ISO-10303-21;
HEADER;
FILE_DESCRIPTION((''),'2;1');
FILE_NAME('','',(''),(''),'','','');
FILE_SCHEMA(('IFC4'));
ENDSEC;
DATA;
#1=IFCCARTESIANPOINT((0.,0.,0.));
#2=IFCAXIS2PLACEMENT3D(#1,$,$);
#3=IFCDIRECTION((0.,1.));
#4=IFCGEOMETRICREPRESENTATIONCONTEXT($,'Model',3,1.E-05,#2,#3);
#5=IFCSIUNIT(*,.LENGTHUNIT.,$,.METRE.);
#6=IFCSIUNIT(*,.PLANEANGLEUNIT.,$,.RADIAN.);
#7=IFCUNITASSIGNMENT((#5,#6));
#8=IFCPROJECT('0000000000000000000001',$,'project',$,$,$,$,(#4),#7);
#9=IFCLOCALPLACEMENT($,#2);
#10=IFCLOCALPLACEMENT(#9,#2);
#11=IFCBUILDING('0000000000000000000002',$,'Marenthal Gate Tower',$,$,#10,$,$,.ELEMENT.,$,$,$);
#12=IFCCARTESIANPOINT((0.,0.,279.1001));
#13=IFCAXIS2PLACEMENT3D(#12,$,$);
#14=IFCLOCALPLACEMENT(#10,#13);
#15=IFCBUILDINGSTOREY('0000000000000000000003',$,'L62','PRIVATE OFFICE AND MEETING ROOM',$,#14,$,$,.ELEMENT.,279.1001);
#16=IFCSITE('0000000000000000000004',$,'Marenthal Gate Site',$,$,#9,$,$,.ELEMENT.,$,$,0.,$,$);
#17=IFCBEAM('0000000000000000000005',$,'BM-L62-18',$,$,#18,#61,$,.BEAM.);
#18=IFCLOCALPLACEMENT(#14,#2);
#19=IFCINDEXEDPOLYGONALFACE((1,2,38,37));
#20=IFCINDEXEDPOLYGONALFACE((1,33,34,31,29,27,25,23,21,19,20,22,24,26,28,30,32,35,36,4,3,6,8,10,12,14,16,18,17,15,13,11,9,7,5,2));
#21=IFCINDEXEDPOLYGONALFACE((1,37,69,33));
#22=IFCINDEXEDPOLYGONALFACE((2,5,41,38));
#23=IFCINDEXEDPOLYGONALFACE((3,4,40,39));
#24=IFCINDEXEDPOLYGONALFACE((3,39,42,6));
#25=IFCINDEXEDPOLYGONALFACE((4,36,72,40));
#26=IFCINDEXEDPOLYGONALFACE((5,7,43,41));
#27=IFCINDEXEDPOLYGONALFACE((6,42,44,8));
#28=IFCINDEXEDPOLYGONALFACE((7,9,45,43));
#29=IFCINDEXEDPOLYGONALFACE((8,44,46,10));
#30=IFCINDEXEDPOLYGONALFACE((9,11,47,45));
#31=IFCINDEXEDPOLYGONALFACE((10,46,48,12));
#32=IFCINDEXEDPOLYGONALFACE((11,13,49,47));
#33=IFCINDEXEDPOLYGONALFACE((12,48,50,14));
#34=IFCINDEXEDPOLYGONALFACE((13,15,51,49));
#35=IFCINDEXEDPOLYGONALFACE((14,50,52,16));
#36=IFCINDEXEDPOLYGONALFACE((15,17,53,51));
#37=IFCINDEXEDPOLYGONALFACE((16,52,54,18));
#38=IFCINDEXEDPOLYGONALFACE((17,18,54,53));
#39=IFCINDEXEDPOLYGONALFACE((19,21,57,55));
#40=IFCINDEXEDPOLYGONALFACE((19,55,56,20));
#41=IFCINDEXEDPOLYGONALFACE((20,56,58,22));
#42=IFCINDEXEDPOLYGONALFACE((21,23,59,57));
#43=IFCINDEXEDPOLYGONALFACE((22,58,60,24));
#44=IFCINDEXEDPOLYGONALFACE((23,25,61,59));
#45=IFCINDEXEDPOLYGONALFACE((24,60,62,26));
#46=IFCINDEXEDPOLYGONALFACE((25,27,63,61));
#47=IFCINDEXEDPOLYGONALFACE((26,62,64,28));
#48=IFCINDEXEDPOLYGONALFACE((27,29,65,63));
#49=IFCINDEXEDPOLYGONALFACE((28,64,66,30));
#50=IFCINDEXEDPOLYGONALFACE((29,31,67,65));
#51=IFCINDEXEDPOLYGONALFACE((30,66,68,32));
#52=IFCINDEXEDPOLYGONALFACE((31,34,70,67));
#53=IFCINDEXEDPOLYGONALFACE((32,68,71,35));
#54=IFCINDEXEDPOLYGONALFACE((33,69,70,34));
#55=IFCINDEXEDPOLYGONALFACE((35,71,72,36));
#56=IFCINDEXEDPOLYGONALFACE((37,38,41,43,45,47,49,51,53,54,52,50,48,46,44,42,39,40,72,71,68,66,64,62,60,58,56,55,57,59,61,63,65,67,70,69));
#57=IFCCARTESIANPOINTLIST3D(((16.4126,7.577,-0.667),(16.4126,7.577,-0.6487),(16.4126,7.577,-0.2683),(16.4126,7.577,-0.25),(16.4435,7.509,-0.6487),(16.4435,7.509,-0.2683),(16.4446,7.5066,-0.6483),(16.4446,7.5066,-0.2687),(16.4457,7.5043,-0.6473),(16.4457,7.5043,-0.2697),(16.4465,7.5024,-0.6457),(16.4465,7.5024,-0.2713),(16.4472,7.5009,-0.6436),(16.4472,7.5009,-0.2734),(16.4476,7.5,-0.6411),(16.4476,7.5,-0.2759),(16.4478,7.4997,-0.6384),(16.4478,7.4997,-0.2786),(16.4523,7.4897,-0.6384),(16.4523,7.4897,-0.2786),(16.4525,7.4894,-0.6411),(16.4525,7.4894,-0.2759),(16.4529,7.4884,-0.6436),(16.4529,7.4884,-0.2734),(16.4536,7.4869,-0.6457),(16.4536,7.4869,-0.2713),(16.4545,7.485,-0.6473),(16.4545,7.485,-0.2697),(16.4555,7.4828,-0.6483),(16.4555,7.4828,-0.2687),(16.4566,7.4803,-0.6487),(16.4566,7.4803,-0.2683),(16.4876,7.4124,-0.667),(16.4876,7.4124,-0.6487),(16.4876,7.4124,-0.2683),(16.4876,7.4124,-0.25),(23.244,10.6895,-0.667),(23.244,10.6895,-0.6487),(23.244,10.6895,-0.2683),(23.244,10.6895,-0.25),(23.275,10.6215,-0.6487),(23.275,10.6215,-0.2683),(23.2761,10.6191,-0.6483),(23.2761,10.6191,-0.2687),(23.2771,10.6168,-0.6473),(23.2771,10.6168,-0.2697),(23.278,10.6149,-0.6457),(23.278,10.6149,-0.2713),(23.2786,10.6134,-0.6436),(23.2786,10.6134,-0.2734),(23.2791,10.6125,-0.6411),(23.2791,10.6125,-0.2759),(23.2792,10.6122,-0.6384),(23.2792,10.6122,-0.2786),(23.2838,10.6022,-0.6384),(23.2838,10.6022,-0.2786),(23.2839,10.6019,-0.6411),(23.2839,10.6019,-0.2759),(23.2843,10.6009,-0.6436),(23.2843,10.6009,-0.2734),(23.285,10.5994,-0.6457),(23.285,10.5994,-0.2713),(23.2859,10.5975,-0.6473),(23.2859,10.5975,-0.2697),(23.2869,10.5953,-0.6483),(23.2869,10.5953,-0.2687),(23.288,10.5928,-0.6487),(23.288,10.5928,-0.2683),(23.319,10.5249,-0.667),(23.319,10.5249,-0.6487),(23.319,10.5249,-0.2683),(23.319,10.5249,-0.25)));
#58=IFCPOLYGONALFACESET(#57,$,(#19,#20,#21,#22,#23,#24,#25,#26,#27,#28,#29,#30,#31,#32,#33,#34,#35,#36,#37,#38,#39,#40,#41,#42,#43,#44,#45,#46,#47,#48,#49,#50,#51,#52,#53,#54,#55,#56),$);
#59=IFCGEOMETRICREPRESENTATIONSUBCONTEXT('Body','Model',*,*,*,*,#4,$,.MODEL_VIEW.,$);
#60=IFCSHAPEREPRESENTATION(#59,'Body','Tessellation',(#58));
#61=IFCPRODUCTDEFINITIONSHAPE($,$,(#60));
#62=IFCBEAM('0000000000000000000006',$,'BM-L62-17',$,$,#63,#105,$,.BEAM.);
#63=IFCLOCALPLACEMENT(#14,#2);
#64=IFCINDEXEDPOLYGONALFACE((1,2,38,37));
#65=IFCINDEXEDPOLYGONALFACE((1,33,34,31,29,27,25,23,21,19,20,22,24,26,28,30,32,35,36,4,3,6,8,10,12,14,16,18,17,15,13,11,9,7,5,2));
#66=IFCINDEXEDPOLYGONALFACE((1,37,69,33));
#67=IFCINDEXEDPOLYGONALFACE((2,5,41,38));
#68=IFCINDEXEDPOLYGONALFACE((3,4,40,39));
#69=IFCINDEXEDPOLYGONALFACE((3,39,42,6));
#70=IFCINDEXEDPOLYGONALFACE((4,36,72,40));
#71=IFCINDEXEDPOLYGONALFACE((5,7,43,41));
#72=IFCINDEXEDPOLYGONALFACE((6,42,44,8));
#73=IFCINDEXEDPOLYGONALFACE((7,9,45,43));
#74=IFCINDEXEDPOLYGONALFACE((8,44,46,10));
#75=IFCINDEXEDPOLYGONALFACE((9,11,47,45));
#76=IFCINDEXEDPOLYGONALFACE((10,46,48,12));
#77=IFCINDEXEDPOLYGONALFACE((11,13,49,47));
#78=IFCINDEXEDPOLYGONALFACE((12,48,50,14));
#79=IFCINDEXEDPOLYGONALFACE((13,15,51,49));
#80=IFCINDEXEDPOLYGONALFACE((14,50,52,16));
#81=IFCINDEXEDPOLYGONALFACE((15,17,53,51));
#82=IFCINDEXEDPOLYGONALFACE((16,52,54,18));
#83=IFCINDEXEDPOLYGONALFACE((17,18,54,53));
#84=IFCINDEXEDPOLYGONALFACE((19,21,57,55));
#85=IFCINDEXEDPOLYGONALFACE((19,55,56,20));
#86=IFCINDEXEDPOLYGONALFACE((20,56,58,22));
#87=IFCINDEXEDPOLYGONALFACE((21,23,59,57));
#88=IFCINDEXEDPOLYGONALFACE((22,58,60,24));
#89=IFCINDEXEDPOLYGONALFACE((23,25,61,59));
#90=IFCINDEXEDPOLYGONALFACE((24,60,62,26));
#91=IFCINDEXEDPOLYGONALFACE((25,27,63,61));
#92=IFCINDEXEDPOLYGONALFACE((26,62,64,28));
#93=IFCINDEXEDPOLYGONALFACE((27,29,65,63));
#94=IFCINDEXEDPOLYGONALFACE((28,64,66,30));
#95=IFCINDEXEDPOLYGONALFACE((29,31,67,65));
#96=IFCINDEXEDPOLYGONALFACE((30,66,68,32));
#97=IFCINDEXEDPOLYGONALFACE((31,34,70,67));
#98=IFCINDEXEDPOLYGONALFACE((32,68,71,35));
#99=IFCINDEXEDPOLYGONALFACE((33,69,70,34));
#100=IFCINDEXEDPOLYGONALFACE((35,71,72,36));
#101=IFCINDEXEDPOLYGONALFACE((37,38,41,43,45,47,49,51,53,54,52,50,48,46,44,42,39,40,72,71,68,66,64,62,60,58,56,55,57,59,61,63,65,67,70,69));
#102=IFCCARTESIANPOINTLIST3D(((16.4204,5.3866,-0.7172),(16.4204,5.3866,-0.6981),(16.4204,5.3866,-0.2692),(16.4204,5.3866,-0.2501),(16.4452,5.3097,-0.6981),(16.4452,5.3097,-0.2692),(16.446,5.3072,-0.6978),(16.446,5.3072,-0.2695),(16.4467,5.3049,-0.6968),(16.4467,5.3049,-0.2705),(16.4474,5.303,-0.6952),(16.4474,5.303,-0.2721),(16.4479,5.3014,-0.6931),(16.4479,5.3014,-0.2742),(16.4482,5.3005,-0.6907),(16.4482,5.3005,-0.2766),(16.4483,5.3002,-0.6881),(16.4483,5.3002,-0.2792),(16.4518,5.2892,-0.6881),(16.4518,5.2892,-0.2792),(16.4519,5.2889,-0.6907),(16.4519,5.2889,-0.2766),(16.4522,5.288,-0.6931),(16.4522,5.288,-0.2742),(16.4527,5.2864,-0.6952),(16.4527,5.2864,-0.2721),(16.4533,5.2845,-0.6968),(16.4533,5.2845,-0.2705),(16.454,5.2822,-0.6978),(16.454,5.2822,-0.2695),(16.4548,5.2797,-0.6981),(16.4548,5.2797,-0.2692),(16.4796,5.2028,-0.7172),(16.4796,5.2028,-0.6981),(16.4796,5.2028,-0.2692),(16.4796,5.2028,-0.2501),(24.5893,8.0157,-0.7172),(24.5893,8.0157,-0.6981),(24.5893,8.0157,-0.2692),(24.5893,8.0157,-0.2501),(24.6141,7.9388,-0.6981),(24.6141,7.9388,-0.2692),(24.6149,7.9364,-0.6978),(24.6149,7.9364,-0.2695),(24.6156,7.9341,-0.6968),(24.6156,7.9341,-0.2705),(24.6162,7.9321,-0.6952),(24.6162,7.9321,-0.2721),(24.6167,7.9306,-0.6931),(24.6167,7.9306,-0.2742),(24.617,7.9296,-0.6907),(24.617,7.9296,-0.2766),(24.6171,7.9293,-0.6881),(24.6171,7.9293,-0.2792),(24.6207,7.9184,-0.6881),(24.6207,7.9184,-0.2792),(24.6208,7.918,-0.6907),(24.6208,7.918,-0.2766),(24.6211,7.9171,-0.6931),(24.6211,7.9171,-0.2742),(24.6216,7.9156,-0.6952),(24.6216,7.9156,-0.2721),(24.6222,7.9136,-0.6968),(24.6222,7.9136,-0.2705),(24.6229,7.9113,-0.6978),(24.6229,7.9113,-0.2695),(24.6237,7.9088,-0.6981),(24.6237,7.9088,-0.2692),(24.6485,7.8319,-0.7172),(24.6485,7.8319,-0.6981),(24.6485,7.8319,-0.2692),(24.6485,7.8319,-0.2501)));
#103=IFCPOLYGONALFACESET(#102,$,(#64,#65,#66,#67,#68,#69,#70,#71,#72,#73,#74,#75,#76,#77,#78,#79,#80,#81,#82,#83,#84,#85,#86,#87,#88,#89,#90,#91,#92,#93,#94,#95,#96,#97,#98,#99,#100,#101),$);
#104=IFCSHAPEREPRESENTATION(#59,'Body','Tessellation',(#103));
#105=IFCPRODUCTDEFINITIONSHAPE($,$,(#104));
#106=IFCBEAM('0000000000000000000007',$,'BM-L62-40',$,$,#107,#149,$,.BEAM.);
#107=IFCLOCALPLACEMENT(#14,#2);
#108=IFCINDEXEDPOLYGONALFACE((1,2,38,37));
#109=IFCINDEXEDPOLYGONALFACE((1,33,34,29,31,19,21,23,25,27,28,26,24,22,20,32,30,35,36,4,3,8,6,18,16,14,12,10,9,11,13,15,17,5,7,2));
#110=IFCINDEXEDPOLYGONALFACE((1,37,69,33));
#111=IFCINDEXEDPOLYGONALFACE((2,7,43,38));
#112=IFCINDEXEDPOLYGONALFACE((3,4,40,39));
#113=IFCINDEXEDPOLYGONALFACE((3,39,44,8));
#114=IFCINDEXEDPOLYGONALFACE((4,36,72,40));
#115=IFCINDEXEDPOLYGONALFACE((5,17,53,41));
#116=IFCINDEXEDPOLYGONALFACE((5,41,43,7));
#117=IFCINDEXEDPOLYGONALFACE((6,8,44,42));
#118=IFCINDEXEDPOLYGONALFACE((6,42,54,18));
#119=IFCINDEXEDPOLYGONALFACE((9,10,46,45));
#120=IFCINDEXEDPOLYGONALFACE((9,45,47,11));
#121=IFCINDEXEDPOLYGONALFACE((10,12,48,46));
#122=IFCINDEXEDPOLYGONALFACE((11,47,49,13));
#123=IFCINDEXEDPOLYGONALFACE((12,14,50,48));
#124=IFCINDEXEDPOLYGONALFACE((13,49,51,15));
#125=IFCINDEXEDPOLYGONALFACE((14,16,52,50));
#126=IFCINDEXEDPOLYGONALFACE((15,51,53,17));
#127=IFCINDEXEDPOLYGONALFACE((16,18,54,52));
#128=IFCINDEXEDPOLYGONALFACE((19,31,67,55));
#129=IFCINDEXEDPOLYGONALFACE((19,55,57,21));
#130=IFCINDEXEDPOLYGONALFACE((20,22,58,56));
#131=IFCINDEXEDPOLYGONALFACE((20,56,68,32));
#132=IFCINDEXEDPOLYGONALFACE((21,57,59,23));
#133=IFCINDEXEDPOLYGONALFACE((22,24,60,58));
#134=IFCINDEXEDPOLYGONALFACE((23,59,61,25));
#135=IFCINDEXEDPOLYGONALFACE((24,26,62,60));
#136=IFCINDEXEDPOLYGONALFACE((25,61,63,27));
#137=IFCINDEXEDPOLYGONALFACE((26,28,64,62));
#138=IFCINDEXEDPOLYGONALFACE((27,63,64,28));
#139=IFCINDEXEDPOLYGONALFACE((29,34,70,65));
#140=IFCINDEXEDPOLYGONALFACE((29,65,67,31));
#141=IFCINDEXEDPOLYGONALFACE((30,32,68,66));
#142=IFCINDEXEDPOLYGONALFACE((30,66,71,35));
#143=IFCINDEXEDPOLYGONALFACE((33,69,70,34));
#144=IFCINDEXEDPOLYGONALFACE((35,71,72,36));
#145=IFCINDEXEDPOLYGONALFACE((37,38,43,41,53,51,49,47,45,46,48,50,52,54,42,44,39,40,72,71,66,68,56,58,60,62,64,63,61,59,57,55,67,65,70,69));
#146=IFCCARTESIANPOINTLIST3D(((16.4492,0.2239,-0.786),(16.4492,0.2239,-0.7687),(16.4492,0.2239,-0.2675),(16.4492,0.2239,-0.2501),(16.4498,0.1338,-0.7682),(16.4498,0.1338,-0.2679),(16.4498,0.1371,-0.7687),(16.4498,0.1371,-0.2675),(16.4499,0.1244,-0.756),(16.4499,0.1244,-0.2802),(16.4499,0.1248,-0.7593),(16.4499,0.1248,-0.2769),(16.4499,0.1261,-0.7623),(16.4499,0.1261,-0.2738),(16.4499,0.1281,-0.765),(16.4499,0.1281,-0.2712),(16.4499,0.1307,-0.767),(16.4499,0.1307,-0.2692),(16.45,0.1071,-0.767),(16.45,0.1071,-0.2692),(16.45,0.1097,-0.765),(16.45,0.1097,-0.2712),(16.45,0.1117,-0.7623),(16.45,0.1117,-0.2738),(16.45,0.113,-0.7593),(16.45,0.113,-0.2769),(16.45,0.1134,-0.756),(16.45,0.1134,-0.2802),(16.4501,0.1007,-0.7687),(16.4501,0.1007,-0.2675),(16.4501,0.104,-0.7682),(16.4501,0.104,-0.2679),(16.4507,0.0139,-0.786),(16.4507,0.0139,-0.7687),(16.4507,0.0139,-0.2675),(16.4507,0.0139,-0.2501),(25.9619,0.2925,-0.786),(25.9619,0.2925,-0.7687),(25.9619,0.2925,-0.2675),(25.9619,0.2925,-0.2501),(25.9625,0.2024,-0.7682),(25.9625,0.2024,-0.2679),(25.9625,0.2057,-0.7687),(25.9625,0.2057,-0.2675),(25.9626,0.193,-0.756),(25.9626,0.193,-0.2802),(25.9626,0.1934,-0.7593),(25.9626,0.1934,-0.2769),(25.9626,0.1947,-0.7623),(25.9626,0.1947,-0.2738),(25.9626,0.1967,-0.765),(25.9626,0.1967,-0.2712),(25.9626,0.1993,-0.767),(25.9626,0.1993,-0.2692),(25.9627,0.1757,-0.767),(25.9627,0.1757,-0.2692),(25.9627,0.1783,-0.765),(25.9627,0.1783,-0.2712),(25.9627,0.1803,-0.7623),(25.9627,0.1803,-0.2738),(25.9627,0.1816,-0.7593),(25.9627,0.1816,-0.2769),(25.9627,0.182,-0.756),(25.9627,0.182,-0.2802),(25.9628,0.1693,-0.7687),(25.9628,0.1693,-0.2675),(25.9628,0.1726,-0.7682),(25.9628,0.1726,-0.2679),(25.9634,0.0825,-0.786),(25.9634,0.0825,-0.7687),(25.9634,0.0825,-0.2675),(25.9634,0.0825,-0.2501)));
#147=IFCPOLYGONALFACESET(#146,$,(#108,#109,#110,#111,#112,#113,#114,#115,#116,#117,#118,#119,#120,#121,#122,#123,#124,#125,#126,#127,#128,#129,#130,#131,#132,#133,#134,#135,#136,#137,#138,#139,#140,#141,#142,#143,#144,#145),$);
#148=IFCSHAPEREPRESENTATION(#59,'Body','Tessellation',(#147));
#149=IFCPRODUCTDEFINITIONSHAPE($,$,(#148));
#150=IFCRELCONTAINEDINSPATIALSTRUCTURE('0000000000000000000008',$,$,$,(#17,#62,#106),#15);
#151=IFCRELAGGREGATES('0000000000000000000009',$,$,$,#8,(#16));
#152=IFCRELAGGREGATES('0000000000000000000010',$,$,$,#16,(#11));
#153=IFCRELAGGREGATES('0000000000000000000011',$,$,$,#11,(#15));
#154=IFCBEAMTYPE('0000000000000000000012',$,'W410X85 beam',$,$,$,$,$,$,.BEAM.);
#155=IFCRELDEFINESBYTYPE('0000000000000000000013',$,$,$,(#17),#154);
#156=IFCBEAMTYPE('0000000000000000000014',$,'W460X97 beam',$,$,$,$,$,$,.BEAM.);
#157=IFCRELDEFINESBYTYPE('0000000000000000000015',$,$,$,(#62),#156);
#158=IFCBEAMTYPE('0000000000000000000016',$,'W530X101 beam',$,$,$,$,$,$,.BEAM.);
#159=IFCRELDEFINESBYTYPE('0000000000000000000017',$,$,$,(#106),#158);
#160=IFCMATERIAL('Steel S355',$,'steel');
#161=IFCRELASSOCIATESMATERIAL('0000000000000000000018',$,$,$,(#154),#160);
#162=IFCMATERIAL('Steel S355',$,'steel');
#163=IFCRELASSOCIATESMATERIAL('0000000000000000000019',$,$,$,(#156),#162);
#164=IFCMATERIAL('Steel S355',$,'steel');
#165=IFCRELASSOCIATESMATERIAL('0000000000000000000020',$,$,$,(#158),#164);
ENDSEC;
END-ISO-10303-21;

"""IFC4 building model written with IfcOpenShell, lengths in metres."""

from ifc_helpers import new_model, si_unit, direction, frame, origin, origin_2d, place, context, subcontext, project, spatial, i_section, extrude, material, material_profile, profile_set, type_object, element, save


model = new_model("IFC4")

# Units and contexts
model_context = context("Model", 3, precision=1e-05, world=origin(), true_north=direction((0.0, 1.0)))
body_context = subcontext(model_context, "Body", "Model", "MODEL_VIEW")
ifc_project = project(units=[si_unit("LENGTHUNIT", "METRE"), si_unit("PLANEANGLEUNIT", "RADIAN")], contexts=[model_context])

# Site, building, storey
site_placement = place(None, origin())
site = spatial("IfcSite", under=ifc_project, at=site_placement, Name="Marenthal Gate Site", CompositionType="ELEMENT", RefElevation=0.0)
building_placement = place(site_placement, origin())
building = spatial("IfcBuilding", under=site, at=building_placement, Name="Marenthal Gate Tower", CompositionType="ELEMENT")
storey_placement = place(building_placement, frame((0.0, 0.0, 279.1001)))
storey = spatial("IfcBuildingStorey", under=building, at=storey_placement, Name="L62", Description="PRIVATE OFFICE AND MEETING ROOM", CompositionType="ELEMENT", Elevation=279.1001)

# Beams
ifc_material_1 = material(Name="Steel S355", Category="steel")
ifc_material_profile_1 = material_profile(ifc_material_1, i_section(OverallWidth=0.1809, OverallDepth=0.417, WebThickness=0.011, FlangeThickness=0.0183, FilletRadius=0.0103, at=origin_2d()), Name="W410X85")
ifc_profile_set_1 = profile_set([ifc_material_profile_1], Name="Steel S355")
beam_type_1 = type_object("IfcBeamType", Name="W410X85 beam", PredefinedType="BEAM", material=ifc_profile_set_1)
beam_1_placement = place(storey_placement, frame((23.2815, 10.6072, -0.4585), z_axis=(-0.91, -0.414609, 0.0), x_axis=(0.414609, -0.91, 0.0)))
element("IfcBeam", 1, at=beam_1_placement, inside=storey, type_object=beam_type_1, Name="BM-L62-18", PredefinedType="BEAM", context=body_context, shape_type="SweptSolid", body=[
    extrude(i_section(OverallWidth=0.1809, OverallDepth=0.417, WebThickness=0.011, FlangeThickness=0.0183, FilletRadius=0.0103, at=origin_2d()), origin(), (0.0, 0.0, 1.0), 7.5071),
])
ifc_material_2 = material(Name="Steel S355", Category="steel")
ifc_material_profile_2 = material_profile(ifc_material_2, i_section(OverallWidth=0.1931, OverallDepth=0.467, WebThickness=0.0115, FlangeThickness=0.019, FilletRadius=0.01, at=origin_2d()), Name="W460X97")
ifc_profile_set_2 = profile_set([ifc_material_profile_2], Name="Steel S355")
beam_type_2 = type_object("IfcBeamType", Name="W460X97 beam", PredefinedType="BEAM", material=ifc_profile_set_2)
beam_2_placement = place(storey_placement, frame((24.6189, 7.9238, -0.4836), z_axis=(-0.951912, -0.30637, 0.0), x_axis=(0.30637, -0.951912, 0.0)))
element("IfcBeam", 2, at=beam_2_placement, inside=storey, type_object=beam_type_2, Name="BM-L62-17", PredefinedType="BEAM", context=body_context, shape_type="SweptSolid", body=[
    extrude(i_section(OverallWidth=0.1931, OverallDepth=0.467, WebThickness=0.0115, FlangeThickness=0.019, FilletRadius=0.01, at=origin_2d()), origin(), (0.0, 0.0, 1.0), 8.5815),
])
ifc_material_3 = material(Name="Steel S355", Category="steel")
ifc_material_profile_3 = material_profile(ifc_material_3, i_section(OverallWidth=0.21, OverallDepth=0.5359, WebThickness=0.011, FlangeThickness=0.0173, FilletRadius=0.0127, at=origin_2d()), Name="W530X101")
ifc_profile_set_3 = profile_set([ifc_material_profile_3], Name="Steel S355")
beam_type_3 = type_object("IfcBeamType", Name="W530X101 beam", PredefinedType="BEAM", material=ifc_profile_set_3)
beam_3_placement = place(storey_placement, frame((25.9626, 0.1875, -0.5181), z_axis=(-0.999974, -0.007212, 0.0), x_axis=(0.007212, -0.999974, 0.0)))
element("IfcBeam", 3, at=beam_3_placement, inside=storey, type_object=beam_type_3, Name="BM-L62-40", PredefinedType="BEAM", context=body_context, shape_type="SweptSolid", body=[
    extrude(i_section(OverallWidth=0.21, OverallDepth=0.5359, WebThickness=0.011, FlangeThickness=0.0173, FilletRadius=0.0127, at=origin_2d()), origin(), (0.0, 0.0, 1.0), 9.5129),
])

save(model, "model.ifc")
